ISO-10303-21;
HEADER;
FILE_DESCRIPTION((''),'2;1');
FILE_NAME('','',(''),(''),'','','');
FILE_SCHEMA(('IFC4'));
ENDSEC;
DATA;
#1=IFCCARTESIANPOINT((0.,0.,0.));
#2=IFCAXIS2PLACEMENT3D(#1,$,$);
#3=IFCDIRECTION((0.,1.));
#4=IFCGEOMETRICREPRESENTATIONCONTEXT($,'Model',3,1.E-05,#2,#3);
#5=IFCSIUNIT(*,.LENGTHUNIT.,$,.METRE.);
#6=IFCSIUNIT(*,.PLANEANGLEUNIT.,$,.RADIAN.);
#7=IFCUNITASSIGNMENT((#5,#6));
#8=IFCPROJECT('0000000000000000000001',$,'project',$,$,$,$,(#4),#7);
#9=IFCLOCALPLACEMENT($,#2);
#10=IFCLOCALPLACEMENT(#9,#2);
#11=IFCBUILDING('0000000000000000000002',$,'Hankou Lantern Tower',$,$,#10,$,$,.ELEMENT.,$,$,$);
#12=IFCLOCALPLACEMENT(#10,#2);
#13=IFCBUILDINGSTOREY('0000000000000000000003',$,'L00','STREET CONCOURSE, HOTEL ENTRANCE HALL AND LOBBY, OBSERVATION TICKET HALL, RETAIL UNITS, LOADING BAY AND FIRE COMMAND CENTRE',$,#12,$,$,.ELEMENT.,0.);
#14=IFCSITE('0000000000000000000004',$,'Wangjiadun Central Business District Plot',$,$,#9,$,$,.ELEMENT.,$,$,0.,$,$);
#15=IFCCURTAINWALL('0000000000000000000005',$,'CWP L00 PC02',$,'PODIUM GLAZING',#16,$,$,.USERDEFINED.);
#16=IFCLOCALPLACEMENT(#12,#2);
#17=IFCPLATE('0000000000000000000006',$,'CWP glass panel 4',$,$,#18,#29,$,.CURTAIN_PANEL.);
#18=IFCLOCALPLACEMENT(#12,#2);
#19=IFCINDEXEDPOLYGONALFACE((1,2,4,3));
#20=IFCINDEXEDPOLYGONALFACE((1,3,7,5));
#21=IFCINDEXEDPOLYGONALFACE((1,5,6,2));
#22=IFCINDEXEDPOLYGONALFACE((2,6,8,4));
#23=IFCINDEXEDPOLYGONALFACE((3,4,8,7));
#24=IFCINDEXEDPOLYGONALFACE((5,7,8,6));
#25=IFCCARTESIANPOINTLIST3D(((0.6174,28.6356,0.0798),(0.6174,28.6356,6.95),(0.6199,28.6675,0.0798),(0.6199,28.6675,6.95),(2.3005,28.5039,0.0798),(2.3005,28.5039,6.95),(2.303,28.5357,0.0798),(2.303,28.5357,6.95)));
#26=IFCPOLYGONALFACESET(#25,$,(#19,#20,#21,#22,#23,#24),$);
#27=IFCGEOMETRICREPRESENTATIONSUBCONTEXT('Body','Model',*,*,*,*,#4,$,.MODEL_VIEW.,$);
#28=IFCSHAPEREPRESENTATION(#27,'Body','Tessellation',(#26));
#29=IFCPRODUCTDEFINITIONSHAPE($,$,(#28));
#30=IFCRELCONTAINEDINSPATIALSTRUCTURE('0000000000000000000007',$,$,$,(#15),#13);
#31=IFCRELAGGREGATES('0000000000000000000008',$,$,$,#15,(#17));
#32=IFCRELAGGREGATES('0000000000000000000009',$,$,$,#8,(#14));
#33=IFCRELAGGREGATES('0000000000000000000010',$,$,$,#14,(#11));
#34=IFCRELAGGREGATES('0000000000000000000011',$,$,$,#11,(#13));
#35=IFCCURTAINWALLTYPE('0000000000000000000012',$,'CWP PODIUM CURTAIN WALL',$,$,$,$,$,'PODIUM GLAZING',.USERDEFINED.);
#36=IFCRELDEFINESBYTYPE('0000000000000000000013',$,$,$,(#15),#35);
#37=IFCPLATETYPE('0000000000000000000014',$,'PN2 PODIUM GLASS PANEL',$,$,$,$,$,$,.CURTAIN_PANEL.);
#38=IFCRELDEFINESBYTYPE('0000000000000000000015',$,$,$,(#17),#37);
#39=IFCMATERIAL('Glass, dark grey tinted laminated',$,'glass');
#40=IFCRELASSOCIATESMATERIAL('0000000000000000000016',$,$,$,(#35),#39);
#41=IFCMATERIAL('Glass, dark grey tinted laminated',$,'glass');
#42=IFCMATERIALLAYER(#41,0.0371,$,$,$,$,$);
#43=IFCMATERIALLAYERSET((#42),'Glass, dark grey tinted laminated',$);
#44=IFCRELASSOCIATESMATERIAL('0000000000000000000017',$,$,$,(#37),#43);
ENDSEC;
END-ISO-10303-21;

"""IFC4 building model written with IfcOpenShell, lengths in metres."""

from ifc_helpers import new_model, si_unit, direction, frame, origin, origin_2d, place, context, subcontext, project, spatial, rectangle, extrude, material, layer, layer_set, type_object, element, aggregate, save


model = new_model("IFC4")

# Units and contexts
model_context = context("Model", 3, precision=1e-05, world=origin(), true_north=direction((0.0, 1.0)))
body_context = subcontext(model_context, "Body", "Model", "MODEL_VIEW")
ifc_project = project(units=[si_unit("LENGTHUNIT", "METRE"), si_unit("PLANEANGLEUNIT", "RADIAN")], contexts=[model_context])

# Site, building, storey
site_placement = place(None, origin())
site = spatial("IfcSite", under=ifc_project, at=site_placement, Name="Wangjiadun Central Business District Plot", CompositionType="ELEMENT", RefElevation=0.0)
building_placement = place(site_placement, origin())
building = spatial("IfcBuilding", under=site, at=building_placement, Name="Hankou Lantern Tower", CompositionType="ELEMENT")
storey_placement = place(building_placement, origin())
storey = spatial("IfcBuildingStorey", under=building, at=storey_placement, Name="L00", Description="STREET CONCOURSE, HOTEL ENTRANCE HALL AND LOBBY, OBSERVATION TICKET HALL, RETAIL UNITS, LOADING BAY AND FIRE COMMAND CENTRE", CompositionType="ELEMENT", Elevation=0.0)

# Curtain wall
ifc_material_1 = material(Name="Glass, dark grey tinted laminated", Category="glass")
curtain_wall_type = type_object("IfcCurtainWallType", Name="CWP PODIUM CURTAIN WALL", ElementType="PODIUM GLAZING", PredefinedType="USERDEFINED", material=ifc_material_1)
curtain_wall_placement = place(storey_placement, origin())
curtain_wall = element("IfcCurtainWall", 1, at=curtain_wall_placement, inside=storey, type_object=curtain_wall_type, Name="CWP L00 PC02", ObjectType="PODIUM GLAZING", PredefinedType="USERDEFINED")

# Plate
ifc_material_2 = material(Name="Glass, dark grey tinted laminated", Category="glass")
ifc_layer = layer(ifc_material_2, 0.0371)
ifc_layer_set = layer_set([ifc_layer], Name="Glass, dark grey tinted laminated")
plate_type = type_object("IfcPlateType", Name="PN2 PODIUM GLASS PANEL", PredefinedType="CURTAIN_PANEL", material=ifc_layer_set)
plate_1_placement = place(storey_placement, frame((1.4602, 28.5857, 0.0798), z_axis=(0.0, 0.0, 1.0), x_axis=(-0.996949, 0.078062, 0.0)))
plate_1 = element("IfcPlate", 2, at=plate_1_placement, type_object=plate_type, Name="CWP glass panel 4", PredefinedType="CURTAIN_PANEL", context=body_context, shape_type="SweptSolid", body=[
    extrude(rectangle(XDim=1.6882, YDim=0.032, at=origin_2d()), origin(), (0.0, 0.0, 1.0), 6.8701),
])
aggregate(curtain_wall, [plate_1])

save(model, "model.ifc")
